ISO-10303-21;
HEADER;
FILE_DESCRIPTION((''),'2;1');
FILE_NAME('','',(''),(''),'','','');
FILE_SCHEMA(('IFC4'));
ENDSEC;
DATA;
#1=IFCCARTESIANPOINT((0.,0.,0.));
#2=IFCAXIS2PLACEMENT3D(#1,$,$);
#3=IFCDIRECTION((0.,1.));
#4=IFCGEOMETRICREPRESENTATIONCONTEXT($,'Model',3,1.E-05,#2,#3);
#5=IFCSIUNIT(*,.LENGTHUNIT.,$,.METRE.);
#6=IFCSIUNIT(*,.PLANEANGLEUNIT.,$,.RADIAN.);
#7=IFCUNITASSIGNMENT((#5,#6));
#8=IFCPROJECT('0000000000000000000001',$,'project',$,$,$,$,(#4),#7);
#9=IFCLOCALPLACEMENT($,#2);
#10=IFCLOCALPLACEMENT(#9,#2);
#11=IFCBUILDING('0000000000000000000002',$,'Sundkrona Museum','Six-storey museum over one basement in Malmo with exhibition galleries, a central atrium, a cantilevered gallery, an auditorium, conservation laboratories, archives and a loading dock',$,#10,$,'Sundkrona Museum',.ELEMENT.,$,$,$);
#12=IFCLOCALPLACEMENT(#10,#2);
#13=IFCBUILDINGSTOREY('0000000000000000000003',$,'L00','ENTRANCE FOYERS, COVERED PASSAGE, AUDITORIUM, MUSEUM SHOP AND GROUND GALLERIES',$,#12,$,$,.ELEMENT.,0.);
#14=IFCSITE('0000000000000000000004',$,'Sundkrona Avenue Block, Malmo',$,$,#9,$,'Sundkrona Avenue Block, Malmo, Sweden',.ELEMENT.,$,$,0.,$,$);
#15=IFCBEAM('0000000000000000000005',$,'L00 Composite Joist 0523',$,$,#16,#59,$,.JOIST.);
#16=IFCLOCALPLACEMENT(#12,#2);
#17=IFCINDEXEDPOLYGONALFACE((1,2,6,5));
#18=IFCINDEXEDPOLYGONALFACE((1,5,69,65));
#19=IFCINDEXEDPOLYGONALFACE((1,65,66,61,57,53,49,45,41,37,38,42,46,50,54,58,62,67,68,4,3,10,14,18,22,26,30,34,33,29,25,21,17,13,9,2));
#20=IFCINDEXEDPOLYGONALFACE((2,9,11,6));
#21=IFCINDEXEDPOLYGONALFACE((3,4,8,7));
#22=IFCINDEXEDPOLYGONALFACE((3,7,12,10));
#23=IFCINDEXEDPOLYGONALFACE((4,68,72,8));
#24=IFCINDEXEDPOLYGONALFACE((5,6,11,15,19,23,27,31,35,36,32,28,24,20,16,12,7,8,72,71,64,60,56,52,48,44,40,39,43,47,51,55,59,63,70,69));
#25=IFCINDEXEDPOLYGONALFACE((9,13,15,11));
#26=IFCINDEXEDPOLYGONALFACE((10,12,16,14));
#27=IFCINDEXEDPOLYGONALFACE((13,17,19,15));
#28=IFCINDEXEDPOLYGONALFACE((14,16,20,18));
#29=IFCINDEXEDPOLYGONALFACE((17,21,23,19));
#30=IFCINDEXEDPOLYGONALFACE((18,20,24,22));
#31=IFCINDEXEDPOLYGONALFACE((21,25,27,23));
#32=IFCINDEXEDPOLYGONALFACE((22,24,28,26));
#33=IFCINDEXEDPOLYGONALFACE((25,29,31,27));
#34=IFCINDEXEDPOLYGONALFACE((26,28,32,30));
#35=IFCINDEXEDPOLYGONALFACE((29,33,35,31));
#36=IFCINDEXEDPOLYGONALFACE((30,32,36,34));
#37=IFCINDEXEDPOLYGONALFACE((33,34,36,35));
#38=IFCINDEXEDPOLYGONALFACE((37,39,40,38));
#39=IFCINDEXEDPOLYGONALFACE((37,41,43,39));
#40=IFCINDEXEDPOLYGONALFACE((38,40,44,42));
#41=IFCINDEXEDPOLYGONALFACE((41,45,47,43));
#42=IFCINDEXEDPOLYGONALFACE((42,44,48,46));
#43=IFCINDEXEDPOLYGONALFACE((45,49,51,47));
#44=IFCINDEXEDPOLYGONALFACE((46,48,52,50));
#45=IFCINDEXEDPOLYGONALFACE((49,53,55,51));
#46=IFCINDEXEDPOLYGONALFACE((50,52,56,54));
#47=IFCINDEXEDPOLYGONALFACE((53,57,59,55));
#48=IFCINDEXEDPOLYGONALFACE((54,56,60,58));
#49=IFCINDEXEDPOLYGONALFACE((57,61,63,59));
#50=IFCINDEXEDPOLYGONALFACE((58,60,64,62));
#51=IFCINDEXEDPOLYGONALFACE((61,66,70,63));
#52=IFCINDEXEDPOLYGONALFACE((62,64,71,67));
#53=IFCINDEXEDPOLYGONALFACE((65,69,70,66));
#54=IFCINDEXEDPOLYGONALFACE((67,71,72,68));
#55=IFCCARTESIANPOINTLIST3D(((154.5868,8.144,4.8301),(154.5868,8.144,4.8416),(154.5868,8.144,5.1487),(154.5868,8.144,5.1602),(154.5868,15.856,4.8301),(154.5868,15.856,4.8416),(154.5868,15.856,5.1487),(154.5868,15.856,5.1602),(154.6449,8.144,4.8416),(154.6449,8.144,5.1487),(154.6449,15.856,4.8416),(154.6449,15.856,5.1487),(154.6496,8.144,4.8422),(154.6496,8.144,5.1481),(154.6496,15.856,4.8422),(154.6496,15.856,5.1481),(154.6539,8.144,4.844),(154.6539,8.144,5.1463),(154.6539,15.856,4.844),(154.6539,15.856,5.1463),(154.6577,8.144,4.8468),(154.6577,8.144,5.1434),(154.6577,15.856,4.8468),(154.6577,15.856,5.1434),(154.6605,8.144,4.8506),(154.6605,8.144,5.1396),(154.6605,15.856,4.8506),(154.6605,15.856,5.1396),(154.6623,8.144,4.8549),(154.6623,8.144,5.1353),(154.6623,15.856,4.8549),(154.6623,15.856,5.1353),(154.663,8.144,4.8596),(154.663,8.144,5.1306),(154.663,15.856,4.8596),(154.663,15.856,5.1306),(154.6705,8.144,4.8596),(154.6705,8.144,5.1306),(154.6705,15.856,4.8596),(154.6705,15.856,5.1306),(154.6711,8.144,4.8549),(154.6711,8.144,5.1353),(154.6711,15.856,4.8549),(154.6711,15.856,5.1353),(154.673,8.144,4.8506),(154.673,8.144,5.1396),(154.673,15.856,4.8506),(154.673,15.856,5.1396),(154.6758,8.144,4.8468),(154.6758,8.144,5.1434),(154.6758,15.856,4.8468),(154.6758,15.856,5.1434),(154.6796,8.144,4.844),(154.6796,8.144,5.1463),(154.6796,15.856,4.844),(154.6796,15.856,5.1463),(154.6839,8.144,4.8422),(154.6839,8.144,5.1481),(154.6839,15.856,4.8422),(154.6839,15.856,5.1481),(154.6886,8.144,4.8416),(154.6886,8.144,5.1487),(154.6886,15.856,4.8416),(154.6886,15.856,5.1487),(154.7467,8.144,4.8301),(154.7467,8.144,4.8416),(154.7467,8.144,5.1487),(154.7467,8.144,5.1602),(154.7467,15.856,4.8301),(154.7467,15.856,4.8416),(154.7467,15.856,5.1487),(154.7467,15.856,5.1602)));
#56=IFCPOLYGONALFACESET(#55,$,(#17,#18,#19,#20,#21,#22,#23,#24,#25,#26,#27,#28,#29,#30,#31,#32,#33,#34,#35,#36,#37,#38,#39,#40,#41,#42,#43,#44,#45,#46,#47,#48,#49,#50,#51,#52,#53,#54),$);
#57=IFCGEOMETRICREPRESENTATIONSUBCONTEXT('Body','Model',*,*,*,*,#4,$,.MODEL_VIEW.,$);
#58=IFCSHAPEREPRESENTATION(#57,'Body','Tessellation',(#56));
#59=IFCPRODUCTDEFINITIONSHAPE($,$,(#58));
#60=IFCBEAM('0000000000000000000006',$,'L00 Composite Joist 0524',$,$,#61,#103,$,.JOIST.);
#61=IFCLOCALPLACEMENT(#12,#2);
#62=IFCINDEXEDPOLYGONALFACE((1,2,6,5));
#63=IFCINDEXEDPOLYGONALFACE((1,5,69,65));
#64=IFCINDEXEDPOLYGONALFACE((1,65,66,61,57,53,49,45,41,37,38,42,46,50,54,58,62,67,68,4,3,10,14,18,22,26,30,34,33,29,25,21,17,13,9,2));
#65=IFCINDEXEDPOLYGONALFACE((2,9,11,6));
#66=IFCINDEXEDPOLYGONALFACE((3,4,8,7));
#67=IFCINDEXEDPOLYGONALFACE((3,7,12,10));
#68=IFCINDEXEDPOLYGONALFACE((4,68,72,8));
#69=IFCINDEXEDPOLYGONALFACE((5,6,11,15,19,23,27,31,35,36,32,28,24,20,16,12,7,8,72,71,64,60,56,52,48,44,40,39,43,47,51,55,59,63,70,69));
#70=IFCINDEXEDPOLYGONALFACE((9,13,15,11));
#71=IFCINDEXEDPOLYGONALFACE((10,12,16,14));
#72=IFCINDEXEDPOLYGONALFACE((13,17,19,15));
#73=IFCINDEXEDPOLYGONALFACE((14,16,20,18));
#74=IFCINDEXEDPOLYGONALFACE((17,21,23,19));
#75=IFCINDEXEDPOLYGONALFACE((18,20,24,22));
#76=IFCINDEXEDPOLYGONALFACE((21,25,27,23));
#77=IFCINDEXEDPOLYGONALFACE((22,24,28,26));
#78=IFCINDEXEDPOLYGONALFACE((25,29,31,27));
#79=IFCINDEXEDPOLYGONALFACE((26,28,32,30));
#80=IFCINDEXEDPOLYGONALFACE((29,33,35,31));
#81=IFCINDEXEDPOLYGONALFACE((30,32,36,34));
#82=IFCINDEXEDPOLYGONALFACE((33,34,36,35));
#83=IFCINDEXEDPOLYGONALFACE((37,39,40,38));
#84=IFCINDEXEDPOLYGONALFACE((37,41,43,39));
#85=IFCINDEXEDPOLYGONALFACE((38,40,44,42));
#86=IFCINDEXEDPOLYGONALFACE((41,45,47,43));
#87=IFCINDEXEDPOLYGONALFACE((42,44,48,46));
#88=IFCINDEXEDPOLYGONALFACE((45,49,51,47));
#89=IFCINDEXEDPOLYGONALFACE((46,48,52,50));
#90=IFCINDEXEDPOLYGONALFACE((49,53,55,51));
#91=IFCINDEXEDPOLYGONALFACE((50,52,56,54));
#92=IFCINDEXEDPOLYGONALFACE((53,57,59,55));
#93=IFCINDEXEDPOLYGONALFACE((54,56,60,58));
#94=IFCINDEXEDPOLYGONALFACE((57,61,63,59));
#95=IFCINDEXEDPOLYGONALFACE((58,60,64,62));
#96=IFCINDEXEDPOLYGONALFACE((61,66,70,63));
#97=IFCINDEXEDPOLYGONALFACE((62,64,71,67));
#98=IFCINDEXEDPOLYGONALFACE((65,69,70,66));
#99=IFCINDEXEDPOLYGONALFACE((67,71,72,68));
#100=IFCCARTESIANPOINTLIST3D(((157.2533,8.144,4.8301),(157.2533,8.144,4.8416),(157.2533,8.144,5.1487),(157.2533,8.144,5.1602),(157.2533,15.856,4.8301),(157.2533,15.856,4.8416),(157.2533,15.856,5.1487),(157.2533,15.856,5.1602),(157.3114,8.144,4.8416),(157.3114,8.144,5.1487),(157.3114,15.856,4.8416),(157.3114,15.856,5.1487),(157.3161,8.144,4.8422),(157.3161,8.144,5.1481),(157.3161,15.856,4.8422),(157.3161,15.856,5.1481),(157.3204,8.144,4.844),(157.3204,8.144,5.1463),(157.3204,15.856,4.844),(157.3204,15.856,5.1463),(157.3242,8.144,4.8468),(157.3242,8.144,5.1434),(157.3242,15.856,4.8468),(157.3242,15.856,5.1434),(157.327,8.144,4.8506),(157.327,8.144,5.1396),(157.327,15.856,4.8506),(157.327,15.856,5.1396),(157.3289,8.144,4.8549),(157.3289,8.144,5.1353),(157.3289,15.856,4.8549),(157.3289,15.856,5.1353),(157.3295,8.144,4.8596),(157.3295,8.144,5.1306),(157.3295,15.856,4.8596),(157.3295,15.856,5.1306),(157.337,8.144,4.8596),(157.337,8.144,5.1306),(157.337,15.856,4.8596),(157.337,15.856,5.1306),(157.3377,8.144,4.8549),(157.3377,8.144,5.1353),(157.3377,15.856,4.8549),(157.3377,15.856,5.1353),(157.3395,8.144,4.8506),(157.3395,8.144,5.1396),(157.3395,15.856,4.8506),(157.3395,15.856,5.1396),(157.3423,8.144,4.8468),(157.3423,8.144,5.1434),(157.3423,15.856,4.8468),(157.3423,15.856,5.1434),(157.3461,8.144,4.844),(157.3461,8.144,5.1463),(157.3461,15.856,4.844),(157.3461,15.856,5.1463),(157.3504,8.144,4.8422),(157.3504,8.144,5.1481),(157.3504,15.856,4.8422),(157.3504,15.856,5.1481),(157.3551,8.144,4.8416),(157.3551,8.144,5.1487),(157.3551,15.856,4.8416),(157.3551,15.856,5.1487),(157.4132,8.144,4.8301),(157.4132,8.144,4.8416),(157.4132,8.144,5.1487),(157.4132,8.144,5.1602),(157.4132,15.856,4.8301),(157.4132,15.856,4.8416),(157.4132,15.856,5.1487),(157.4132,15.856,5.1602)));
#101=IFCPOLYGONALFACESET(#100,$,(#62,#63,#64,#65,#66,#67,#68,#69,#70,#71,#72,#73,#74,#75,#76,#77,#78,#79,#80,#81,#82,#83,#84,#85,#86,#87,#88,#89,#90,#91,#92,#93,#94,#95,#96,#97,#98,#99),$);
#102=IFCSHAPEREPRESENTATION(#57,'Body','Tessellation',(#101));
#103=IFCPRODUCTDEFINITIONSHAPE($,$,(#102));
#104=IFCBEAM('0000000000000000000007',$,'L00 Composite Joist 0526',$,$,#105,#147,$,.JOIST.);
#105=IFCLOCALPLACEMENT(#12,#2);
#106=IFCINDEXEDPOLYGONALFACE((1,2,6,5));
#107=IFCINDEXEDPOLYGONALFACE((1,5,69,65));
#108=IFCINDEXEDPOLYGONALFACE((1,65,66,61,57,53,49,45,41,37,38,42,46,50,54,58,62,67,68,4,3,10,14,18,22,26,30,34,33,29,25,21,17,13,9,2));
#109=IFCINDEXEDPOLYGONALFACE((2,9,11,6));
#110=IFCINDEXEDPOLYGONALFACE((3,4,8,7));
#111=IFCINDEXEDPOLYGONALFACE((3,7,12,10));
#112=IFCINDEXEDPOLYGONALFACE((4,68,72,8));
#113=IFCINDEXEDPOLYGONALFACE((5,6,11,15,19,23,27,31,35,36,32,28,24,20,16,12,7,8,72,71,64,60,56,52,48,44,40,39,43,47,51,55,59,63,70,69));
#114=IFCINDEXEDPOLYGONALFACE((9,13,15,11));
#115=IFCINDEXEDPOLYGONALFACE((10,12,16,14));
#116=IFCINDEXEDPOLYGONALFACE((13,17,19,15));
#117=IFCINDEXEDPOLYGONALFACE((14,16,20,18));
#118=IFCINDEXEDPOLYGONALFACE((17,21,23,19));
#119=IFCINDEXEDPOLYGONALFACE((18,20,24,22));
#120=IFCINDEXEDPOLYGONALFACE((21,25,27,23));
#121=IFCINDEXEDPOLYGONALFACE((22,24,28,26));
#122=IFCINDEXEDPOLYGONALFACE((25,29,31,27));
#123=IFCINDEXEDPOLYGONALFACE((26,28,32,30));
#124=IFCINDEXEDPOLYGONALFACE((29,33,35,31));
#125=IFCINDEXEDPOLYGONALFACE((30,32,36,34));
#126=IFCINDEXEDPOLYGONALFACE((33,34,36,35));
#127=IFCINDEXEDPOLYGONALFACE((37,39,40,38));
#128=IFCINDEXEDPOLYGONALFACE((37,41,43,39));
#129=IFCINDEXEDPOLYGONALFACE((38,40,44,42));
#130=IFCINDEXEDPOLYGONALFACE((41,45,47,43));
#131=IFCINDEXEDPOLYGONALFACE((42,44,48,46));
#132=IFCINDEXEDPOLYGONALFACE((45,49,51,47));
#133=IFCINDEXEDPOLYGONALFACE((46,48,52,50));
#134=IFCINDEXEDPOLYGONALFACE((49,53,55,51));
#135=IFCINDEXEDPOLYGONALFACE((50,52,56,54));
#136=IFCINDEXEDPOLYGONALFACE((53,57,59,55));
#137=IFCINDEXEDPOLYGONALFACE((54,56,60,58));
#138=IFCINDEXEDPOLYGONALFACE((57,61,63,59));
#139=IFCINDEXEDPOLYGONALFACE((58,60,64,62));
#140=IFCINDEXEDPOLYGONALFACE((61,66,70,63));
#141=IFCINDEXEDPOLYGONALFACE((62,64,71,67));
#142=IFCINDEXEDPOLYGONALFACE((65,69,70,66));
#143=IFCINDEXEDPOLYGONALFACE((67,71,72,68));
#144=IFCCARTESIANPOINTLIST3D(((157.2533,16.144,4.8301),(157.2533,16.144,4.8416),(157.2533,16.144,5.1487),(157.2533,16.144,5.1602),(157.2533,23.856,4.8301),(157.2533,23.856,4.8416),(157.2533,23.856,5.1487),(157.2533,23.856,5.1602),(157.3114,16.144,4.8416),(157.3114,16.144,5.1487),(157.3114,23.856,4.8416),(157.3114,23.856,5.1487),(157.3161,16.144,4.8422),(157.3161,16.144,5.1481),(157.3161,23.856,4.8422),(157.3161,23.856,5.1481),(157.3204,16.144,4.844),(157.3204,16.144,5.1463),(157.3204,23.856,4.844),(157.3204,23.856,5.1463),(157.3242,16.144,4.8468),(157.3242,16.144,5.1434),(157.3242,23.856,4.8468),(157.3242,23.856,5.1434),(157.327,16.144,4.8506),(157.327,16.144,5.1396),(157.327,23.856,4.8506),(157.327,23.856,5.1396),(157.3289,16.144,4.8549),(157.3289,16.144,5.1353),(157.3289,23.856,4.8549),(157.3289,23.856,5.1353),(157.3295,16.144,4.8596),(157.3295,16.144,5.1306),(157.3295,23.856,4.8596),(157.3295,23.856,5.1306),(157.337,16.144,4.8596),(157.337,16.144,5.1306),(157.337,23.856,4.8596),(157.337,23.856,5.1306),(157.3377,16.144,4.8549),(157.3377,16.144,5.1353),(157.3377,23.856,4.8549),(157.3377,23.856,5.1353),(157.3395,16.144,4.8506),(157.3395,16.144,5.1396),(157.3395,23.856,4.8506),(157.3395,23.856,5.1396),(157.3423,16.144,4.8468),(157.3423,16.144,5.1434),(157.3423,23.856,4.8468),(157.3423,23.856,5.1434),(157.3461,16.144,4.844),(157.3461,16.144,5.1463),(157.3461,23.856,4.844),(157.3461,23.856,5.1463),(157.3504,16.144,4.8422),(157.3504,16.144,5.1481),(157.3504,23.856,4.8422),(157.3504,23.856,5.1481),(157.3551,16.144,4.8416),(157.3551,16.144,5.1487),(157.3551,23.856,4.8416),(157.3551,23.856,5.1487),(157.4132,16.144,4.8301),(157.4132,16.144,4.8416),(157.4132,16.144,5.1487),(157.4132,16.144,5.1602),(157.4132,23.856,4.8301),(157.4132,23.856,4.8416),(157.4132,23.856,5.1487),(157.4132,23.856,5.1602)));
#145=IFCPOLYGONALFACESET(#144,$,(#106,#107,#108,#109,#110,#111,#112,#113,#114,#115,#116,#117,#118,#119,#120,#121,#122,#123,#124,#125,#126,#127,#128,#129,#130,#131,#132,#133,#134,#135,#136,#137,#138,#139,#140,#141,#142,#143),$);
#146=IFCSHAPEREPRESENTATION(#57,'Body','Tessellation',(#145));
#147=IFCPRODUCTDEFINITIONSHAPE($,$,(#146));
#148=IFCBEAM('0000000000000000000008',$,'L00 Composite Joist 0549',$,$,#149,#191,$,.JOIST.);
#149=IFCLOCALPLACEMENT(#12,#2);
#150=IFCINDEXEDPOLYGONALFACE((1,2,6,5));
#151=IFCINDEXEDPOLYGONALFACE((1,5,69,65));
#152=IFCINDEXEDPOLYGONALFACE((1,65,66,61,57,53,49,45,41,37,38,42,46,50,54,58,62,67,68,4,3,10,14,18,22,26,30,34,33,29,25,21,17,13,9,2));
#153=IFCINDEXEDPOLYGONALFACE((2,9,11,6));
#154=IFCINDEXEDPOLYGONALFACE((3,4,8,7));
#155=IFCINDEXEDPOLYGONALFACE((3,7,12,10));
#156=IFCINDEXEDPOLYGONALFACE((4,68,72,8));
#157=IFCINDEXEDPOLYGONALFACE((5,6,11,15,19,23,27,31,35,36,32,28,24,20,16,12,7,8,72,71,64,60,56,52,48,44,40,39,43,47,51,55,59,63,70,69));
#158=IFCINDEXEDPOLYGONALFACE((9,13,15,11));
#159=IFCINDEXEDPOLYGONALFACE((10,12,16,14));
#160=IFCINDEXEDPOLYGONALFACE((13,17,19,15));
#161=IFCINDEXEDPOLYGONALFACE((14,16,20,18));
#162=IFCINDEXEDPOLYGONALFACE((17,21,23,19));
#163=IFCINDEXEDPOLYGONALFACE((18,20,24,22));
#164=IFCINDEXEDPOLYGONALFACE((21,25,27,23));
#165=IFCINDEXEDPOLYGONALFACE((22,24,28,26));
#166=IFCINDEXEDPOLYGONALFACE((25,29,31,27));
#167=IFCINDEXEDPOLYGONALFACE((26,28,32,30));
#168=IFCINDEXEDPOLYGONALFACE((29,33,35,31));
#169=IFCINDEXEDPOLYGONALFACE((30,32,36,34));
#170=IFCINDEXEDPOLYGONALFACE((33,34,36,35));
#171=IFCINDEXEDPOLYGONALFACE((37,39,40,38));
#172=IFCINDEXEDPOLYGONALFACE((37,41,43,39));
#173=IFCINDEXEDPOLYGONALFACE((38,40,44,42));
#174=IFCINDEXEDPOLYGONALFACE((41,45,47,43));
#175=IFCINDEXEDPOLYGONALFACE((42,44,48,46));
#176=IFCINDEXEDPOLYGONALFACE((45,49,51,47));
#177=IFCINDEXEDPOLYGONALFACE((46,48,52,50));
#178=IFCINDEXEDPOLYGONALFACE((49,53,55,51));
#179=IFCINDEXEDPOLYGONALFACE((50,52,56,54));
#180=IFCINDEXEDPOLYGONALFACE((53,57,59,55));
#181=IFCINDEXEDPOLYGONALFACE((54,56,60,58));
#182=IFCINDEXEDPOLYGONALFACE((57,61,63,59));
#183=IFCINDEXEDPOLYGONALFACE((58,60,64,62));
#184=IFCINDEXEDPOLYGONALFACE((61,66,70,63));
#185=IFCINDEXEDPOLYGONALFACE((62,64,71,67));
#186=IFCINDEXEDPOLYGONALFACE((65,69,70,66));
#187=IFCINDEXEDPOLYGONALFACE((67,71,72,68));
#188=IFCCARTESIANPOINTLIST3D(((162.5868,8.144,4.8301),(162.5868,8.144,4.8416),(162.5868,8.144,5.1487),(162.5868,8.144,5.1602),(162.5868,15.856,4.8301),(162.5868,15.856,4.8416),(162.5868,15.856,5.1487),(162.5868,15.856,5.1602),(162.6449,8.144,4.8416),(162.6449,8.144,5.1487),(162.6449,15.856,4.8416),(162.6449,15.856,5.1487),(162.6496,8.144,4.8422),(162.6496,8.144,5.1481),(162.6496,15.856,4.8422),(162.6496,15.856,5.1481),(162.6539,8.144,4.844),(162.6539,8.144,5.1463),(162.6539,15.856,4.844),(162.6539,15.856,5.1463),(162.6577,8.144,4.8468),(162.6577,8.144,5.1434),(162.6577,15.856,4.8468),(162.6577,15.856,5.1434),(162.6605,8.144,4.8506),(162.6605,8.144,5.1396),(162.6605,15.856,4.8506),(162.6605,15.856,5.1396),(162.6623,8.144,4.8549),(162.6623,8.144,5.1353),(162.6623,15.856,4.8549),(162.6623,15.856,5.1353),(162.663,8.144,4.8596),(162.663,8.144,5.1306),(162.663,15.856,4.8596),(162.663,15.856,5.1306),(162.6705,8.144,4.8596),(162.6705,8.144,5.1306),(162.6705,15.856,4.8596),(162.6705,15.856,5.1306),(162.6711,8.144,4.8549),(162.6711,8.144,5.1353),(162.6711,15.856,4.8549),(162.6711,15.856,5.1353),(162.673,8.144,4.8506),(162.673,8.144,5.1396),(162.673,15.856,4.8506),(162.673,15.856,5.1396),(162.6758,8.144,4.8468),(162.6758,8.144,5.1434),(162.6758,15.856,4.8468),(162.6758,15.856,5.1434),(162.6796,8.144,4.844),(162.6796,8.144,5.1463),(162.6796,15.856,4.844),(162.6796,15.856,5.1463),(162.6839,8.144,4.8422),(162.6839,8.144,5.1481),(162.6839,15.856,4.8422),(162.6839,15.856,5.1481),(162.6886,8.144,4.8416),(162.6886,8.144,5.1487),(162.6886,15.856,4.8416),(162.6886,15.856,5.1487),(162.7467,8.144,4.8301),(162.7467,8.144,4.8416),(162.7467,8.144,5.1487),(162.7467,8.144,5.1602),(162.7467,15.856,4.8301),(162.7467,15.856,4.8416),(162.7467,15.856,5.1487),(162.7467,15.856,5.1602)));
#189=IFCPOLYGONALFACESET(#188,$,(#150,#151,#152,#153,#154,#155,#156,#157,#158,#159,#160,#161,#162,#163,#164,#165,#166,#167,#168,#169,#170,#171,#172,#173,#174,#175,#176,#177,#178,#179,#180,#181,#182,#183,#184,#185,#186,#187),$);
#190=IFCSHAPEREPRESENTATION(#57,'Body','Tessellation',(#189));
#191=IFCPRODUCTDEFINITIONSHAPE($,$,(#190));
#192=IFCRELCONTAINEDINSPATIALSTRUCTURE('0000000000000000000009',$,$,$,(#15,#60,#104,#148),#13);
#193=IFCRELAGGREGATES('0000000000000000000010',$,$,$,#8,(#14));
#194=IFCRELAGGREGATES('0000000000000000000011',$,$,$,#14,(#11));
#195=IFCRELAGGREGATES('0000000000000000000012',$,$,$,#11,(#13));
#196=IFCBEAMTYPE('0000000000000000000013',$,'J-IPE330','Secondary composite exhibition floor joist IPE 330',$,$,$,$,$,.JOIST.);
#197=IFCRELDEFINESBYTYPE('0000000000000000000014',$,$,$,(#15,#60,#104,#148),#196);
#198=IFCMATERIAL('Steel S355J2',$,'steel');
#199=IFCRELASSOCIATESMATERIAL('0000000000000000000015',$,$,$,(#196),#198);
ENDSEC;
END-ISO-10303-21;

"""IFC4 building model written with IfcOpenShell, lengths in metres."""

from ifc_helpers import new_model, si_unit, direction, frame, origin, origin_2d, place, context, subcontext, project, spatial, i_section, extrude, material, material_profile, profile_set, type_object, element, save


model = new_model("IFC4")

# Units and contexts
model_context = context("Model", 3, precision=1e-05, world=origin(), true_north=direction((0.0, 1.0)))
body_context = subcontext(model_context, "Body", "Model", "MODEL_VIEW")
ifc_project = project(units=[si_unit("LENGTHUNIT", "METRE"), si_unit("PLANEANGLEUNIT", "RADIAN")], contexts=[model_context])

# Site, building, storey
site_placement = place(None, origin())
site = spatial("IfcSite", under=ifc_project, at=site_placement, Name="Sundkrona Avenue Block, Malmo", LongName="Sundkrona Avenue Block, Malmo, Sweden", CompositionType="ELEMENT", RefElevation=0.0)
building_placement = place(site_placement, origin())
building = spatial("IfcBuilding", under=site, at=building_placement, Name="Sundkrona Museum", Description="Six-storey museum over one basement in Malmo with exhibition galleries, a central atrium, a cantilevered gallery, an auditorium, conservation laboratories, archives and a loading dock", LongName="Sundkrona Museum", CompositionType="ELEMENT")
storey_placement = place(building_placement, origin())
storey = spatial("IfcBuildingStorey", under=building, at=storey_placement, Name="L00", Description="ENTRANCE FOYERS, COVERED PASSAGE, AUDITORIUM, MUSEUM SHOP AND GROUND GALLERIES", CompositionType="ELEMENT", Elevation=0.0)

# Shared definitions
ifc_material_1 = material(Name="Steel S355J2", Category="steel")

# Beams
ifc_material_profile_1 = material_profile(ifc_material_1, i_section(OverallWidth=0.1599, OverallDepth=0.3301, WebThickness=0.0076, FlangeThickness=0.0115, FilletRadius=0.0181, at=origin_2d()), Name="IPE 330")
ifc_profile_set_1 = profile_set([ifc_material_profile_1], Name="Steel S355J2")
beam_type_1 = type_object("IfcBeamType", Name="J-IPE330", Description="Secondary composite exhibition floor joist IPE 330", PredefinedType="JOIST", material=ifc_profile_set_1)
for number, where, z_axis, x_axis, name in (
    (1, (154.6667, 8.144, 4.9951), (0.0, 1.0, 0.0), (-1.0, 0.0, 0.0), "L00 Composite Joist 0523"),
    (2, (157.3333, 8.144, 4.9951), (0.0, 1.0, 0.0), (-1.0, 0.0, 0.0), "L00 Composite Joist 0524"),
    (3, (157.3333, 16.144, 4.9951), (0.0, 1.0, 0.0), (-1.0, 0.0, 0.0), "L00 Composite Joist 0526"),
    (4, (162.6667, 8.144, 4.9951), (0.0, 1.0, 0.0), (-1.0, 0.0, 0.0), "L00 Composite Joist 0549"),
):
    element("IfcBeam", number, at=place(storey_placement, frame(where, z_axis=z_axis, x_axis=x_axis)), inside=storey, type_object=beam_type_1, Name=name, PredefinedType="JOIST", context=body_context, shape_type="SweptSolid", body=[
        extrude(i_section(OverallWidth=0.1599, OverallDepth=0.3301, WebThickness=0.0076, FlangeThickness=0.0115, FilletRadius=0.0181, at=origin_2d()), origin(), (0.0, 0.0, 1.0), 7.7119),
    ])

save(model, "model.ifc")
